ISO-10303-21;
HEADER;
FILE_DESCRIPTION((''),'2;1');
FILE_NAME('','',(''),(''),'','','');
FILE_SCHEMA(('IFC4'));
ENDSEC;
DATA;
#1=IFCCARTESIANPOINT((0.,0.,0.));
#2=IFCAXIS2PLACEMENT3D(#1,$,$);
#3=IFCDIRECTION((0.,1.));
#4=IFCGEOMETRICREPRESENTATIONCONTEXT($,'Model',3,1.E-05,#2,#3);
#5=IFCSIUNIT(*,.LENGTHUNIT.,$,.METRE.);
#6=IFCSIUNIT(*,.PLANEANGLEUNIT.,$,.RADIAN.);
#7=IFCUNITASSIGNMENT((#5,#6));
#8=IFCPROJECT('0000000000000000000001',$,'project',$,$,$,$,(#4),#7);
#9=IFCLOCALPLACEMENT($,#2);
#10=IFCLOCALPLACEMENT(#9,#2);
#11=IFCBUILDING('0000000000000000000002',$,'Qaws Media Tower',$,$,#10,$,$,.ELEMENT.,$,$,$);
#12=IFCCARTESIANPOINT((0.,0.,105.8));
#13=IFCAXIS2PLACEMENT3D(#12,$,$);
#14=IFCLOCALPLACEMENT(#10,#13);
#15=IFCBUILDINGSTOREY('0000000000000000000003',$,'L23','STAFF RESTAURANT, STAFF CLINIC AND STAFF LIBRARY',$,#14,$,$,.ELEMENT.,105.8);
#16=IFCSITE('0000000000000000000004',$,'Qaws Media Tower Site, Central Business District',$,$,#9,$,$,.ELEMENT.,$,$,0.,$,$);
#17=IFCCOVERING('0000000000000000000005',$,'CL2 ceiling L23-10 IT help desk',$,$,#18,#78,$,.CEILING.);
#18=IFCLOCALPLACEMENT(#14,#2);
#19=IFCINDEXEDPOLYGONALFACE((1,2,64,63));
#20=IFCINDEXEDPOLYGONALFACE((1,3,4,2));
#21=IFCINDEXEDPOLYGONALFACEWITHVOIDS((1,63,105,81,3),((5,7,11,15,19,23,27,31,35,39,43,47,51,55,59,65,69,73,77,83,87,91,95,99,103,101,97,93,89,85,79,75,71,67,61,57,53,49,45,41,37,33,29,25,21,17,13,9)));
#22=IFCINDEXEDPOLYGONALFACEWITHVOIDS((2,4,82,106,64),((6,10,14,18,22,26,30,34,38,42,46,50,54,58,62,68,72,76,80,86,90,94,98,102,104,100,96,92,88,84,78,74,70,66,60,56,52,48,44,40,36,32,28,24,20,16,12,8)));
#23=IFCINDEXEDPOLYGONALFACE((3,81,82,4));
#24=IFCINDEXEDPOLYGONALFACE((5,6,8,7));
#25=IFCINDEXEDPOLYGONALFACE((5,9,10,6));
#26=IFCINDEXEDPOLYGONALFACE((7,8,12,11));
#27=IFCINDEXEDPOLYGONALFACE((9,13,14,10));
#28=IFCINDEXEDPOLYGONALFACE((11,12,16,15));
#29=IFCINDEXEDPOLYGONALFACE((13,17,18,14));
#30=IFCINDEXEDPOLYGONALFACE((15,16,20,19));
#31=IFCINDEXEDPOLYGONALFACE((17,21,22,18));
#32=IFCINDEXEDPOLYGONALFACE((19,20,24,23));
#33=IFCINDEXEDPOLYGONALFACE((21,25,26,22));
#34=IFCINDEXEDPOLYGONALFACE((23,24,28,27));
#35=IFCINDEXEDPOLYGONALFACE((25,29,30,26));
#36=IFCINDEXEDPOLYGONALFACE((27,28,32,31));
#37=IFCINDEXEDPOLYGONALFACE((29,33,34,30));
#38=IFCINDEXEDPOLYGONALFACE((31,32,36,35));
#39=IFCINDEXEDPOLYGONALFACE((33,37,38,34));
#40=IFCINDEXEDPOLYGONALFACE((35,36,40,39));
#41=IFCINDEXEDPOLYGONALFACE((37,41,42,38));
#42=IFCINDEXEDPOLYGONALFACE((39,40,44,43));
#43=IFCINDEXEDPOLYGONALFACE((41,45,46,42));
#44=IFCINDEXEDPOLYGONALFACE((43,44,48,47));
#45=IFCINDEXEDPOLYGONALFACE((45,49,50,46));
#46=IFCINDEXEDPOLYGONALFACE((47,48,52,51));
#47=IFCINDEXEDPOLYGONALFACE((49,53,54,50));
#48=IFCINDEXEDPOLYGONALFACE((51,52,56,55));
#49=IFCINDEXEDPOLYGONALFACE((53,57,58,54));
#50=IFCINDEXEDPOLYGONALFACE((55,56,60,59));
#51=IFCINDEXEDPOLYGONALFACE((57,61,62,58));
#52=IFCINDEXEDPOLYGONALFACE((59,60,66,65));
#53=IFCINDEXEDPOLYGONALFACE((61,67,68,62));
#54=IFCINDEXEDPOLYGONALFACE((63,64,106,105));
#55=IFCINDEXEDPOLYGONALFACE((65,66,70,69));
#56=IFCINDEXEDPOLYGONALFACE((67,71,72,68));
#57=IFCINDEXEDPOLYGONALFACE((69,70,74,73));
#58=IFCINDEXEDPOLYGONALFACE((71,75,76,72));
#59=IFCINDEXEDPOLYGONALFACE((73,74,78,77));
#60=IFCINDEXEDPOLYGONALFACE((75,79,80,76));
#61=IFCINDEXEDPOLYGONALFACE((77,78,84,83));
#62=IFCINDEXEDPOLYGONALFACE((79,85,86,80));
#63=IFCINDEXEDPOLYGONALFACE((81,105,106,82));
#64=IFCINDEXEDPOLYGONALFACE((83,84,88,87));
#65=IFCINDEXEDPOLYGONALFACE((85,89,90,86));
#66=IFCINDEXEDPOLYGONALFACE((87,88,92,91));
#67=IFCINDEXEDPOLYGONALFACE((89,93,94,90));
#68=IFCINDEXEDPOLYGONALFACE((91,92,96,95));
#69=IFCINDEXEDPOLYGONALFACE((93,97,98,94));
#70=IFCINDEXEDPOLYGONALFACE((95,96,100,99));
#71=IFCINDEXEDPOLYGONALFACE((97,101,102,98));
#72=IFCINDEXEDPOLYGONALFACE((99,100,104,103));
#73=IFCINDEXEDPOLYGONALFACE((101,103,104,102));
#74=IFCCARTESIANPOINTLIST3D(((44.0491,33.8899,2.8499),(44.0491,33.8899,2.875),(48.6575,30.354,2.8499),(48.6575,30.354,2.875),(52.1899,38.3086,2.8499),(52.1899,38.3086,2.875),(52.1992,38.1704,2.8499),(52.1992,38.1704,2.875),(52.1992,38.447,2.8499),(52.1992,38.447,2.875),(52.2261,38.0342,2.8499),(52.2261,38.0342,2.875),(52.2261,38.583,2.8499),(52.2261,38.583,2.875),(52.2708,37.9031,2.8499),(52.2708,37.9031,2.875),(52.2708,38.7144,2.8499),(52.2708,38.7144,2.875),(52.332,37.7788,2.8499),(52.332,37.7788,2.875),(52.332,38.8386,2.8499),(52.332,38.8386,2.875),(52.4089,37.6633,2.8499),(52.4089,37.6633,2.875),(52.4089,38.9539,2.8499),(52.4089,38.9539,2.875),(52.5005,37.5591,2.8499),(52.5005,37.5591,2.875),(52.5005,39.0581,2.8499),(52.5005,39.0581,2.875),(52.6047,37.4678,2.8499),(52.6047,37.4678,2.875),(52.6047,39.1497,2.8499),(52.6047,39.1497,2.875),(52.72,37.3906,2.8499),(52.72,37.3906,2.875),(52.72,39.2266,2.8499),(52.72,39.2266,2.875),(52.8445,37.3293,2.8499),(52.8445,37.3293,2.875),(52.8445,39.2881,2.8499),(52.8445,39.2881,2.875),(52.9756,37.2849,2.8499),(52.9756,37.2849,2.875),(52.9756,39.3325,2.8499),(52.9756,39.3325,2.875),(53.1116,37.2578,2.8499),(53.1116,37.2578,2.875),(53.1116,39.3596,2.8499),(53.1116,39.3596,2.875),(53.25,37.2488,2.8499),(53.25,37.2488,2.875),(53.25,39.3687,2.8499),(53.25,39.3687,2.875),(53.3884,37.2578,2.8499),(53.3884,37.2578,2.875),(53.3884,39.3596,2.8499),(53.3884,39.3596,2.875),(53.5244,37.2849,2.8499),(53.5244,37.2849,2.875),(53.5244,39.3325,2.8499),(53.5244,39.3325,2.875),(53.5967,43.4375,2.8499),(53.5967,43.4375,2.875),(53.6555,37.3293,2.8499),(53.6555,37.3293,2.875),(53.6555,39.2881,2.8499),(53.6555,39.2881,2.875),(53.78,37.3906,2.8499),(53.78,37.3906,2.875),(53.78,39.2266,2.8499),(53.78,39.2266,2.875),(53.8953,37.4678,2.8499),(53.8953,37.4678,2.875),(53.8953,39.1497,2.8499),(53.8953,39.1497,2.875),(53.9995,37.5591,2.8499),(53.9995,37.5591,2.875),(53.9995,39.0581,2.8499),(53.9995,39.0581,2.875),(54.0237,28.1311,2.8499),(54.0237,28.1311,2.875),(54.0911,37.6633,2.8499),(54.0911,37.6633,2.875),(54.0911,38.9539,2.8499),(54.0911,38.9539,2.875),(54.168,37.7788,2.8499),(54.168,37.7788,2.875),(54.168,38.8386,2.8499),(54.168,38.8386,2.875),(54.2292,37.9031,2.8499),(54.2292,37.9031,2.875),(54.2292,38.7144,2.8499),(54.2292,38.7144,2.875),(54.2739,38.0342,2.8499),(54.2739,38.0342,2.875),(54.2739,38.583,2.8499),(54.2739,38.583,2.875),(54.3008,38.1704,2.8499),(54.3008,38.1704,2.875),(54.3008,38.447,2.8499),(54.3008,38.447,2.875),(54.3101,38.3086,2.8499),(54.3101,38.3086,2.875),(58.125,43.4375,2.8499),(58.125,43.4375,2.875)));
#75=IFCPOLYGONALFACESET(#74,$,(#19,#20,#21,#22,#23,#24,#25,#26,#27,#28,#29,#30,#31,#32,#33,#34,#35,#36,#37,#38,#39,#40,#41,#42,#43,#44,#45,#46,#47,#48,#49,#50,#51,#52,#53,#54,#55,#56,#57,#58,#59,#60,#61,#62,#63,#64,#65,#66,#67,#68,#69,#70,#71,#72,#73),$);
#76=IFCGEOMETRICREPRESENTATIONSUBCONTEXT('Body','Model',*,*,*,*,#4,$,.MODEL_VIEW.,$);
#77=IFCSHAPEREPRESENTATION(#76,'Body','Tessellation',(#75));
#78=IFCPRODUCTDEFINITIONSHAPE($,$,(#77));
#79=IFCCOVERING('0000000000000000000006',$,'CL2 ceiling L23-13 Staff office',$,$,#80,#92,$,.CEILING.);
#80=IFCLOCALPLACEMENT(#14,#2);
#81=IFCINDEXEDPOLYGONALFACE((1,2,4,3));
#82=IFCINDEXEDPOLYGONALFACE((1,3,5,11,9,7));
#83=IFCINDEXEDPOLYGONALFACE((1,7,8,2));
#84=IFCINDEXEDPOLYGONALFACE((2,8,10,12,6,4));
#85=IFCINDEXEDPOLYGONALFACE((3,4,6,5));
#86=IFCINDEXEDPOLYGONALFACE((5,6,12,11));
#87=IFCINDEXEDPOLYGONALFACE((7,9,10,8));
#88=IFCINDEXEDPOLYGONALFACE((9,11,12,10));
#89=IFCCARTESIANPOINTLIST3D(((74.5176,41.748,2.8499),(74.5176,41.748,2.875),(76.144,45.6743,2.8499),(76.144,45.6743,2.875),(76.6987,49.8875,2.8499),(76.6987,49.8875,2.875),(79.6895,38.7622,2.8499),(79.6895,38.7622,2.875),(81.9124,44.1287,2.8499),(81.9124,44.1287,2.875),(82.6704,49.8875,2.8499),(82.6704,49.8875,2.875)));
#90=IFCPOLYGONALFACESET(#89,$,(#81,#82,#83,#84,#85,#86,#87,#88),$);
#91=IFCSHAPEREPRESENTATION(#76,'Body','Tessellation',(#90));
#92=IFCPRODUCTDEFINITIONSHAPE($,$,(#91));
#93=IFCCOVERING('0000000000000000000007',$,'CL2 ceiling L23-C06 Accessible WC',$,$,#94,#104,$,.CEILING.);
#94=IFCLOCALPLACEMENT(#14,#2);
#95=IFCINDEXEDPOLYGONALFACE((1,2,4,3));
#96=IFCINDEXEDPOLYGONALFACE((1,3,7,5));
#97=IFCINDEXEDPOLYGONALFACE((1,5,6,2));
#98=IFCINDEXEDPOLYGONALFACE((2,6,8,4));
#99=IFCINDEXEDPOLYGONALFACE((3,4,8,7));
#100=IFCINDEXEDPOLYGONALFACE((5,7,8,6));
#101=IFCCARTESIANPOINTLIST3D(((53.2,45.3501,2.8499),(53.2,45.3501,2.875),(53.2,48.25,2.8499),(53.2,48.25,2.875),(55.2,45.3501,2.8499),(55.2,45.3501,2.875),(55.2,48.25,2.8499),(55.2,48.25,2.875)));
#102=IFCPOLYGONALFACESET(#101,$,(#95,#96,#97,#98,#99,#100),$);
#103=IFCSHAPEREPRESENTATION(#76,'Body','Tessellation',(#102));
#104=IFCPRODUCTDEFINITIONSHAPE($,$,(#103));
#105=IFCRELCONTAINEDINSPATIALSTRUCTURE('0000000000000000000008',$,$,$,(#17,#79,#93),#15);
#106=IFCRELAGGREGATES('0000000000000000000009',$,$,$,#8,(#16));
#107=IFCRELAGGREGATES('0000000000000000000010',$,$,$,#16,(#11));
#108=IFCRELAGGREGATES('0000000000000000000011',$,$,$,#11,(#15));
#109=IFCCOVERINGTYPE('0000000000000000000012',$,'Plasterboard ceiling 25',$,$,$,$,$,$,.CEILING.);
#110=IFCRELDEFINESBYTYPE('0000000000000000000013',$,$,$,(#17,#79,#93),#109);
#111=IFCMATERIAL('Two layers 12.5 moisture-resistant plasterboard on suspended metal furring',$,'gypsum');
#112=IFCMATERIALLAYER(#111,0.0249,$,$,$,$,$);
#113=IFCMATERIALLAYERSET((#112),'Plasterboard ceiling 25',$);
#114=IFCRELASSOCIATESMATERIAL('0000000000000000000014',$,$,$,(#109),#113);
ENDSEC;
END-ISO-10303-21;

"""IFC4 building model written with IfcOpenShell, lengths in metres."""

from ifc_helpers import new_model, si_unit, direction, frame, origin, place, context, subcontext, project, spatial, polyline, outline, extrude, material, layer, layer_set, type_object, element, save


model = new_model("IFC4")

# Units and contexts
model_context = context("Model", 3, precision=1e-05, world=origin(), true_north=direction((0.0, 1.0)))
body_context = subcontext(model_context, "Body", "Model", "MODEL_VIEW")
ifc_project = project(units=[si_unit("LENGTHUNIT", "METRE"), si_unit("PLANEANGLEUNIT", "RADIAN")], contexts=[model_context])

# Site, building, storey
site_placement = place(None, origin())
site = spatial("IfcSite", under=ifc_project, at=site_placement, Name="Qaws Media Tower Site, Central Business District", CompositionType="ELEMENT", RefElevation=0.0)
building_placement = place(site_placement, origin())
building = spatial("IfcBuilding", under=site, at=building_placement, Name="Qaws Media Tower", CompositionType="ELEMENT")
storey_placement = place(building_placement, frame((0.0, 0.0, 105.8)))
storey = spatial("IfcBuildingStorey", under=building, at=storey_placement, Name="L23", Description="STAFF RESTAURANT, STAFF CLINIC AND STAFF LIBRARY", CompositionType="ELEMENT", Elevation=105.8)

# Coverings
ifc_material_1 = material(Name="Two layers 12.5 moisture-resistant plasterboard on suspended metal furring", Category="gypsum")
ifc_layer_1 = layer(ifc_material_1, 0.0249)
ifc_layer_set_1 = layer_set([ifc_layer_1], Name="Plasterboard ceiling 25")
covering_type_1 = type_object("IfcCoveringType", Name="Plasterboard ceiling 25", PredefinedType="CEILING", material=ifc_layer_set_1)
covering_1_placement = place(storey_placement, frame((0.0, 0.0, 2.8499)))
element("IfcCovering", 1, at=covering_1_placement, inside=storey, type_object=covering_type_1, Name="CL2 ceiling L23-10 IT help desk", PredefinedType="CEILING", context=body_context, shape_type="SweptSolid", body=[
    extrude(outline(polyline([(48.6575, 30.354), (44.0491, 33.8899), (53.5967, 43.4375), (58.125, 43.4375), (54.0237, 28.1311), (48.6575, 30.354)]), holes=[polyline([(54.2739, 38.0342), (54.3008, 38.1704), (54.3101, 38.3086), (54.3008, 38.447), (54.2739, 38.583), (54.2292, 38.7144), (54.168, 38.8386), (54.0911, 38.9539), (53.9995, 39.0581), (53.8953, 39.1497), (53.78, 39.2266), (53.6555, 39.2881), (53.5244, 39.3325), (53.3884, 39.3596), (53.25, 39.3687), (53.1116, 39.3596), (52.9756, 39.3325), (52.8445, 39.2881), (52.72, 39.2266), (52.6047, 39.1497), (52.5005, 39.0581), (52.4089, 38.9539), (52.332, 38.8386), (52.2708, 38.7144), (52.2261, 38.583), (52.1992, 38.447), (52.1899, 38.3086), (52.1992, 38.1704), (52.2261, 38.0342), (52.2708, 37.9031), (52.332, 37.7788), (52.4089, 37.6633), (52.5005, 37.5591), (52.6047, 37.4678), (52.72, 37.3906), (52.8445, 37.3293), (52.9756, 37.2849), (53.1116, 37.2578), (53.25, 37.2488), (53.3884, 37.2578), (53.5244, 37.2849), (53.6555, 37.3293), (53.78, 37.3906), (53.8953, 37.4678), (53.9995, 37.5591), (54.0911, 37.6633), (54.168, 37.7788), (54.2292, 37.9031), (54.2739, 38.0342)])]), origin(), (0.0, 0.0, 1.0), 0.0251),
])
covering_2_placement = place(storey_placement, frame((0.0, 0.0, 2.8499)))
element("IfcCovering", 2, at=covering_2_placement, inside=storey, type_object=covering_type_1, Name="CL2 ceiling L23-13 Staff office", PredefinedType="CEILING", context=body_context, shape_type="SweptSolid", body=[
    extrude(outline(polyline([(76.144, 45.6743), (76.6987, 49.8875), (82.6704, 49.8875), (81.9124, 44.1287), (79.6895, 38.7622), (74.5176, 41.748), (76.144, 45.6743)])), origin(), (0.0, 0.0, 1.0), 0.0251),
])
covering_3_placement = place(storey_placement, frame((0.0, 0.0, 2.8499)))
element("IfcCovering", 3, at=covering_3_placement, inside=storey, type_object=covering_type_1, Name="CL2 ceiling L23-C06 Accessible WC", PredefinedType="CEILING", context=body_context, shape_type="SweptSolid", body=[
    extrude(outline(polyline([(53.2, 45.3501), (53.2, 48.25), (55.2, 48.25), (55.2, 45.3501), (53.2, 45.3501)])), origin(), (0.0, 0.0, 1.0), 0.0251),
])

save(model, "model.ifc")
